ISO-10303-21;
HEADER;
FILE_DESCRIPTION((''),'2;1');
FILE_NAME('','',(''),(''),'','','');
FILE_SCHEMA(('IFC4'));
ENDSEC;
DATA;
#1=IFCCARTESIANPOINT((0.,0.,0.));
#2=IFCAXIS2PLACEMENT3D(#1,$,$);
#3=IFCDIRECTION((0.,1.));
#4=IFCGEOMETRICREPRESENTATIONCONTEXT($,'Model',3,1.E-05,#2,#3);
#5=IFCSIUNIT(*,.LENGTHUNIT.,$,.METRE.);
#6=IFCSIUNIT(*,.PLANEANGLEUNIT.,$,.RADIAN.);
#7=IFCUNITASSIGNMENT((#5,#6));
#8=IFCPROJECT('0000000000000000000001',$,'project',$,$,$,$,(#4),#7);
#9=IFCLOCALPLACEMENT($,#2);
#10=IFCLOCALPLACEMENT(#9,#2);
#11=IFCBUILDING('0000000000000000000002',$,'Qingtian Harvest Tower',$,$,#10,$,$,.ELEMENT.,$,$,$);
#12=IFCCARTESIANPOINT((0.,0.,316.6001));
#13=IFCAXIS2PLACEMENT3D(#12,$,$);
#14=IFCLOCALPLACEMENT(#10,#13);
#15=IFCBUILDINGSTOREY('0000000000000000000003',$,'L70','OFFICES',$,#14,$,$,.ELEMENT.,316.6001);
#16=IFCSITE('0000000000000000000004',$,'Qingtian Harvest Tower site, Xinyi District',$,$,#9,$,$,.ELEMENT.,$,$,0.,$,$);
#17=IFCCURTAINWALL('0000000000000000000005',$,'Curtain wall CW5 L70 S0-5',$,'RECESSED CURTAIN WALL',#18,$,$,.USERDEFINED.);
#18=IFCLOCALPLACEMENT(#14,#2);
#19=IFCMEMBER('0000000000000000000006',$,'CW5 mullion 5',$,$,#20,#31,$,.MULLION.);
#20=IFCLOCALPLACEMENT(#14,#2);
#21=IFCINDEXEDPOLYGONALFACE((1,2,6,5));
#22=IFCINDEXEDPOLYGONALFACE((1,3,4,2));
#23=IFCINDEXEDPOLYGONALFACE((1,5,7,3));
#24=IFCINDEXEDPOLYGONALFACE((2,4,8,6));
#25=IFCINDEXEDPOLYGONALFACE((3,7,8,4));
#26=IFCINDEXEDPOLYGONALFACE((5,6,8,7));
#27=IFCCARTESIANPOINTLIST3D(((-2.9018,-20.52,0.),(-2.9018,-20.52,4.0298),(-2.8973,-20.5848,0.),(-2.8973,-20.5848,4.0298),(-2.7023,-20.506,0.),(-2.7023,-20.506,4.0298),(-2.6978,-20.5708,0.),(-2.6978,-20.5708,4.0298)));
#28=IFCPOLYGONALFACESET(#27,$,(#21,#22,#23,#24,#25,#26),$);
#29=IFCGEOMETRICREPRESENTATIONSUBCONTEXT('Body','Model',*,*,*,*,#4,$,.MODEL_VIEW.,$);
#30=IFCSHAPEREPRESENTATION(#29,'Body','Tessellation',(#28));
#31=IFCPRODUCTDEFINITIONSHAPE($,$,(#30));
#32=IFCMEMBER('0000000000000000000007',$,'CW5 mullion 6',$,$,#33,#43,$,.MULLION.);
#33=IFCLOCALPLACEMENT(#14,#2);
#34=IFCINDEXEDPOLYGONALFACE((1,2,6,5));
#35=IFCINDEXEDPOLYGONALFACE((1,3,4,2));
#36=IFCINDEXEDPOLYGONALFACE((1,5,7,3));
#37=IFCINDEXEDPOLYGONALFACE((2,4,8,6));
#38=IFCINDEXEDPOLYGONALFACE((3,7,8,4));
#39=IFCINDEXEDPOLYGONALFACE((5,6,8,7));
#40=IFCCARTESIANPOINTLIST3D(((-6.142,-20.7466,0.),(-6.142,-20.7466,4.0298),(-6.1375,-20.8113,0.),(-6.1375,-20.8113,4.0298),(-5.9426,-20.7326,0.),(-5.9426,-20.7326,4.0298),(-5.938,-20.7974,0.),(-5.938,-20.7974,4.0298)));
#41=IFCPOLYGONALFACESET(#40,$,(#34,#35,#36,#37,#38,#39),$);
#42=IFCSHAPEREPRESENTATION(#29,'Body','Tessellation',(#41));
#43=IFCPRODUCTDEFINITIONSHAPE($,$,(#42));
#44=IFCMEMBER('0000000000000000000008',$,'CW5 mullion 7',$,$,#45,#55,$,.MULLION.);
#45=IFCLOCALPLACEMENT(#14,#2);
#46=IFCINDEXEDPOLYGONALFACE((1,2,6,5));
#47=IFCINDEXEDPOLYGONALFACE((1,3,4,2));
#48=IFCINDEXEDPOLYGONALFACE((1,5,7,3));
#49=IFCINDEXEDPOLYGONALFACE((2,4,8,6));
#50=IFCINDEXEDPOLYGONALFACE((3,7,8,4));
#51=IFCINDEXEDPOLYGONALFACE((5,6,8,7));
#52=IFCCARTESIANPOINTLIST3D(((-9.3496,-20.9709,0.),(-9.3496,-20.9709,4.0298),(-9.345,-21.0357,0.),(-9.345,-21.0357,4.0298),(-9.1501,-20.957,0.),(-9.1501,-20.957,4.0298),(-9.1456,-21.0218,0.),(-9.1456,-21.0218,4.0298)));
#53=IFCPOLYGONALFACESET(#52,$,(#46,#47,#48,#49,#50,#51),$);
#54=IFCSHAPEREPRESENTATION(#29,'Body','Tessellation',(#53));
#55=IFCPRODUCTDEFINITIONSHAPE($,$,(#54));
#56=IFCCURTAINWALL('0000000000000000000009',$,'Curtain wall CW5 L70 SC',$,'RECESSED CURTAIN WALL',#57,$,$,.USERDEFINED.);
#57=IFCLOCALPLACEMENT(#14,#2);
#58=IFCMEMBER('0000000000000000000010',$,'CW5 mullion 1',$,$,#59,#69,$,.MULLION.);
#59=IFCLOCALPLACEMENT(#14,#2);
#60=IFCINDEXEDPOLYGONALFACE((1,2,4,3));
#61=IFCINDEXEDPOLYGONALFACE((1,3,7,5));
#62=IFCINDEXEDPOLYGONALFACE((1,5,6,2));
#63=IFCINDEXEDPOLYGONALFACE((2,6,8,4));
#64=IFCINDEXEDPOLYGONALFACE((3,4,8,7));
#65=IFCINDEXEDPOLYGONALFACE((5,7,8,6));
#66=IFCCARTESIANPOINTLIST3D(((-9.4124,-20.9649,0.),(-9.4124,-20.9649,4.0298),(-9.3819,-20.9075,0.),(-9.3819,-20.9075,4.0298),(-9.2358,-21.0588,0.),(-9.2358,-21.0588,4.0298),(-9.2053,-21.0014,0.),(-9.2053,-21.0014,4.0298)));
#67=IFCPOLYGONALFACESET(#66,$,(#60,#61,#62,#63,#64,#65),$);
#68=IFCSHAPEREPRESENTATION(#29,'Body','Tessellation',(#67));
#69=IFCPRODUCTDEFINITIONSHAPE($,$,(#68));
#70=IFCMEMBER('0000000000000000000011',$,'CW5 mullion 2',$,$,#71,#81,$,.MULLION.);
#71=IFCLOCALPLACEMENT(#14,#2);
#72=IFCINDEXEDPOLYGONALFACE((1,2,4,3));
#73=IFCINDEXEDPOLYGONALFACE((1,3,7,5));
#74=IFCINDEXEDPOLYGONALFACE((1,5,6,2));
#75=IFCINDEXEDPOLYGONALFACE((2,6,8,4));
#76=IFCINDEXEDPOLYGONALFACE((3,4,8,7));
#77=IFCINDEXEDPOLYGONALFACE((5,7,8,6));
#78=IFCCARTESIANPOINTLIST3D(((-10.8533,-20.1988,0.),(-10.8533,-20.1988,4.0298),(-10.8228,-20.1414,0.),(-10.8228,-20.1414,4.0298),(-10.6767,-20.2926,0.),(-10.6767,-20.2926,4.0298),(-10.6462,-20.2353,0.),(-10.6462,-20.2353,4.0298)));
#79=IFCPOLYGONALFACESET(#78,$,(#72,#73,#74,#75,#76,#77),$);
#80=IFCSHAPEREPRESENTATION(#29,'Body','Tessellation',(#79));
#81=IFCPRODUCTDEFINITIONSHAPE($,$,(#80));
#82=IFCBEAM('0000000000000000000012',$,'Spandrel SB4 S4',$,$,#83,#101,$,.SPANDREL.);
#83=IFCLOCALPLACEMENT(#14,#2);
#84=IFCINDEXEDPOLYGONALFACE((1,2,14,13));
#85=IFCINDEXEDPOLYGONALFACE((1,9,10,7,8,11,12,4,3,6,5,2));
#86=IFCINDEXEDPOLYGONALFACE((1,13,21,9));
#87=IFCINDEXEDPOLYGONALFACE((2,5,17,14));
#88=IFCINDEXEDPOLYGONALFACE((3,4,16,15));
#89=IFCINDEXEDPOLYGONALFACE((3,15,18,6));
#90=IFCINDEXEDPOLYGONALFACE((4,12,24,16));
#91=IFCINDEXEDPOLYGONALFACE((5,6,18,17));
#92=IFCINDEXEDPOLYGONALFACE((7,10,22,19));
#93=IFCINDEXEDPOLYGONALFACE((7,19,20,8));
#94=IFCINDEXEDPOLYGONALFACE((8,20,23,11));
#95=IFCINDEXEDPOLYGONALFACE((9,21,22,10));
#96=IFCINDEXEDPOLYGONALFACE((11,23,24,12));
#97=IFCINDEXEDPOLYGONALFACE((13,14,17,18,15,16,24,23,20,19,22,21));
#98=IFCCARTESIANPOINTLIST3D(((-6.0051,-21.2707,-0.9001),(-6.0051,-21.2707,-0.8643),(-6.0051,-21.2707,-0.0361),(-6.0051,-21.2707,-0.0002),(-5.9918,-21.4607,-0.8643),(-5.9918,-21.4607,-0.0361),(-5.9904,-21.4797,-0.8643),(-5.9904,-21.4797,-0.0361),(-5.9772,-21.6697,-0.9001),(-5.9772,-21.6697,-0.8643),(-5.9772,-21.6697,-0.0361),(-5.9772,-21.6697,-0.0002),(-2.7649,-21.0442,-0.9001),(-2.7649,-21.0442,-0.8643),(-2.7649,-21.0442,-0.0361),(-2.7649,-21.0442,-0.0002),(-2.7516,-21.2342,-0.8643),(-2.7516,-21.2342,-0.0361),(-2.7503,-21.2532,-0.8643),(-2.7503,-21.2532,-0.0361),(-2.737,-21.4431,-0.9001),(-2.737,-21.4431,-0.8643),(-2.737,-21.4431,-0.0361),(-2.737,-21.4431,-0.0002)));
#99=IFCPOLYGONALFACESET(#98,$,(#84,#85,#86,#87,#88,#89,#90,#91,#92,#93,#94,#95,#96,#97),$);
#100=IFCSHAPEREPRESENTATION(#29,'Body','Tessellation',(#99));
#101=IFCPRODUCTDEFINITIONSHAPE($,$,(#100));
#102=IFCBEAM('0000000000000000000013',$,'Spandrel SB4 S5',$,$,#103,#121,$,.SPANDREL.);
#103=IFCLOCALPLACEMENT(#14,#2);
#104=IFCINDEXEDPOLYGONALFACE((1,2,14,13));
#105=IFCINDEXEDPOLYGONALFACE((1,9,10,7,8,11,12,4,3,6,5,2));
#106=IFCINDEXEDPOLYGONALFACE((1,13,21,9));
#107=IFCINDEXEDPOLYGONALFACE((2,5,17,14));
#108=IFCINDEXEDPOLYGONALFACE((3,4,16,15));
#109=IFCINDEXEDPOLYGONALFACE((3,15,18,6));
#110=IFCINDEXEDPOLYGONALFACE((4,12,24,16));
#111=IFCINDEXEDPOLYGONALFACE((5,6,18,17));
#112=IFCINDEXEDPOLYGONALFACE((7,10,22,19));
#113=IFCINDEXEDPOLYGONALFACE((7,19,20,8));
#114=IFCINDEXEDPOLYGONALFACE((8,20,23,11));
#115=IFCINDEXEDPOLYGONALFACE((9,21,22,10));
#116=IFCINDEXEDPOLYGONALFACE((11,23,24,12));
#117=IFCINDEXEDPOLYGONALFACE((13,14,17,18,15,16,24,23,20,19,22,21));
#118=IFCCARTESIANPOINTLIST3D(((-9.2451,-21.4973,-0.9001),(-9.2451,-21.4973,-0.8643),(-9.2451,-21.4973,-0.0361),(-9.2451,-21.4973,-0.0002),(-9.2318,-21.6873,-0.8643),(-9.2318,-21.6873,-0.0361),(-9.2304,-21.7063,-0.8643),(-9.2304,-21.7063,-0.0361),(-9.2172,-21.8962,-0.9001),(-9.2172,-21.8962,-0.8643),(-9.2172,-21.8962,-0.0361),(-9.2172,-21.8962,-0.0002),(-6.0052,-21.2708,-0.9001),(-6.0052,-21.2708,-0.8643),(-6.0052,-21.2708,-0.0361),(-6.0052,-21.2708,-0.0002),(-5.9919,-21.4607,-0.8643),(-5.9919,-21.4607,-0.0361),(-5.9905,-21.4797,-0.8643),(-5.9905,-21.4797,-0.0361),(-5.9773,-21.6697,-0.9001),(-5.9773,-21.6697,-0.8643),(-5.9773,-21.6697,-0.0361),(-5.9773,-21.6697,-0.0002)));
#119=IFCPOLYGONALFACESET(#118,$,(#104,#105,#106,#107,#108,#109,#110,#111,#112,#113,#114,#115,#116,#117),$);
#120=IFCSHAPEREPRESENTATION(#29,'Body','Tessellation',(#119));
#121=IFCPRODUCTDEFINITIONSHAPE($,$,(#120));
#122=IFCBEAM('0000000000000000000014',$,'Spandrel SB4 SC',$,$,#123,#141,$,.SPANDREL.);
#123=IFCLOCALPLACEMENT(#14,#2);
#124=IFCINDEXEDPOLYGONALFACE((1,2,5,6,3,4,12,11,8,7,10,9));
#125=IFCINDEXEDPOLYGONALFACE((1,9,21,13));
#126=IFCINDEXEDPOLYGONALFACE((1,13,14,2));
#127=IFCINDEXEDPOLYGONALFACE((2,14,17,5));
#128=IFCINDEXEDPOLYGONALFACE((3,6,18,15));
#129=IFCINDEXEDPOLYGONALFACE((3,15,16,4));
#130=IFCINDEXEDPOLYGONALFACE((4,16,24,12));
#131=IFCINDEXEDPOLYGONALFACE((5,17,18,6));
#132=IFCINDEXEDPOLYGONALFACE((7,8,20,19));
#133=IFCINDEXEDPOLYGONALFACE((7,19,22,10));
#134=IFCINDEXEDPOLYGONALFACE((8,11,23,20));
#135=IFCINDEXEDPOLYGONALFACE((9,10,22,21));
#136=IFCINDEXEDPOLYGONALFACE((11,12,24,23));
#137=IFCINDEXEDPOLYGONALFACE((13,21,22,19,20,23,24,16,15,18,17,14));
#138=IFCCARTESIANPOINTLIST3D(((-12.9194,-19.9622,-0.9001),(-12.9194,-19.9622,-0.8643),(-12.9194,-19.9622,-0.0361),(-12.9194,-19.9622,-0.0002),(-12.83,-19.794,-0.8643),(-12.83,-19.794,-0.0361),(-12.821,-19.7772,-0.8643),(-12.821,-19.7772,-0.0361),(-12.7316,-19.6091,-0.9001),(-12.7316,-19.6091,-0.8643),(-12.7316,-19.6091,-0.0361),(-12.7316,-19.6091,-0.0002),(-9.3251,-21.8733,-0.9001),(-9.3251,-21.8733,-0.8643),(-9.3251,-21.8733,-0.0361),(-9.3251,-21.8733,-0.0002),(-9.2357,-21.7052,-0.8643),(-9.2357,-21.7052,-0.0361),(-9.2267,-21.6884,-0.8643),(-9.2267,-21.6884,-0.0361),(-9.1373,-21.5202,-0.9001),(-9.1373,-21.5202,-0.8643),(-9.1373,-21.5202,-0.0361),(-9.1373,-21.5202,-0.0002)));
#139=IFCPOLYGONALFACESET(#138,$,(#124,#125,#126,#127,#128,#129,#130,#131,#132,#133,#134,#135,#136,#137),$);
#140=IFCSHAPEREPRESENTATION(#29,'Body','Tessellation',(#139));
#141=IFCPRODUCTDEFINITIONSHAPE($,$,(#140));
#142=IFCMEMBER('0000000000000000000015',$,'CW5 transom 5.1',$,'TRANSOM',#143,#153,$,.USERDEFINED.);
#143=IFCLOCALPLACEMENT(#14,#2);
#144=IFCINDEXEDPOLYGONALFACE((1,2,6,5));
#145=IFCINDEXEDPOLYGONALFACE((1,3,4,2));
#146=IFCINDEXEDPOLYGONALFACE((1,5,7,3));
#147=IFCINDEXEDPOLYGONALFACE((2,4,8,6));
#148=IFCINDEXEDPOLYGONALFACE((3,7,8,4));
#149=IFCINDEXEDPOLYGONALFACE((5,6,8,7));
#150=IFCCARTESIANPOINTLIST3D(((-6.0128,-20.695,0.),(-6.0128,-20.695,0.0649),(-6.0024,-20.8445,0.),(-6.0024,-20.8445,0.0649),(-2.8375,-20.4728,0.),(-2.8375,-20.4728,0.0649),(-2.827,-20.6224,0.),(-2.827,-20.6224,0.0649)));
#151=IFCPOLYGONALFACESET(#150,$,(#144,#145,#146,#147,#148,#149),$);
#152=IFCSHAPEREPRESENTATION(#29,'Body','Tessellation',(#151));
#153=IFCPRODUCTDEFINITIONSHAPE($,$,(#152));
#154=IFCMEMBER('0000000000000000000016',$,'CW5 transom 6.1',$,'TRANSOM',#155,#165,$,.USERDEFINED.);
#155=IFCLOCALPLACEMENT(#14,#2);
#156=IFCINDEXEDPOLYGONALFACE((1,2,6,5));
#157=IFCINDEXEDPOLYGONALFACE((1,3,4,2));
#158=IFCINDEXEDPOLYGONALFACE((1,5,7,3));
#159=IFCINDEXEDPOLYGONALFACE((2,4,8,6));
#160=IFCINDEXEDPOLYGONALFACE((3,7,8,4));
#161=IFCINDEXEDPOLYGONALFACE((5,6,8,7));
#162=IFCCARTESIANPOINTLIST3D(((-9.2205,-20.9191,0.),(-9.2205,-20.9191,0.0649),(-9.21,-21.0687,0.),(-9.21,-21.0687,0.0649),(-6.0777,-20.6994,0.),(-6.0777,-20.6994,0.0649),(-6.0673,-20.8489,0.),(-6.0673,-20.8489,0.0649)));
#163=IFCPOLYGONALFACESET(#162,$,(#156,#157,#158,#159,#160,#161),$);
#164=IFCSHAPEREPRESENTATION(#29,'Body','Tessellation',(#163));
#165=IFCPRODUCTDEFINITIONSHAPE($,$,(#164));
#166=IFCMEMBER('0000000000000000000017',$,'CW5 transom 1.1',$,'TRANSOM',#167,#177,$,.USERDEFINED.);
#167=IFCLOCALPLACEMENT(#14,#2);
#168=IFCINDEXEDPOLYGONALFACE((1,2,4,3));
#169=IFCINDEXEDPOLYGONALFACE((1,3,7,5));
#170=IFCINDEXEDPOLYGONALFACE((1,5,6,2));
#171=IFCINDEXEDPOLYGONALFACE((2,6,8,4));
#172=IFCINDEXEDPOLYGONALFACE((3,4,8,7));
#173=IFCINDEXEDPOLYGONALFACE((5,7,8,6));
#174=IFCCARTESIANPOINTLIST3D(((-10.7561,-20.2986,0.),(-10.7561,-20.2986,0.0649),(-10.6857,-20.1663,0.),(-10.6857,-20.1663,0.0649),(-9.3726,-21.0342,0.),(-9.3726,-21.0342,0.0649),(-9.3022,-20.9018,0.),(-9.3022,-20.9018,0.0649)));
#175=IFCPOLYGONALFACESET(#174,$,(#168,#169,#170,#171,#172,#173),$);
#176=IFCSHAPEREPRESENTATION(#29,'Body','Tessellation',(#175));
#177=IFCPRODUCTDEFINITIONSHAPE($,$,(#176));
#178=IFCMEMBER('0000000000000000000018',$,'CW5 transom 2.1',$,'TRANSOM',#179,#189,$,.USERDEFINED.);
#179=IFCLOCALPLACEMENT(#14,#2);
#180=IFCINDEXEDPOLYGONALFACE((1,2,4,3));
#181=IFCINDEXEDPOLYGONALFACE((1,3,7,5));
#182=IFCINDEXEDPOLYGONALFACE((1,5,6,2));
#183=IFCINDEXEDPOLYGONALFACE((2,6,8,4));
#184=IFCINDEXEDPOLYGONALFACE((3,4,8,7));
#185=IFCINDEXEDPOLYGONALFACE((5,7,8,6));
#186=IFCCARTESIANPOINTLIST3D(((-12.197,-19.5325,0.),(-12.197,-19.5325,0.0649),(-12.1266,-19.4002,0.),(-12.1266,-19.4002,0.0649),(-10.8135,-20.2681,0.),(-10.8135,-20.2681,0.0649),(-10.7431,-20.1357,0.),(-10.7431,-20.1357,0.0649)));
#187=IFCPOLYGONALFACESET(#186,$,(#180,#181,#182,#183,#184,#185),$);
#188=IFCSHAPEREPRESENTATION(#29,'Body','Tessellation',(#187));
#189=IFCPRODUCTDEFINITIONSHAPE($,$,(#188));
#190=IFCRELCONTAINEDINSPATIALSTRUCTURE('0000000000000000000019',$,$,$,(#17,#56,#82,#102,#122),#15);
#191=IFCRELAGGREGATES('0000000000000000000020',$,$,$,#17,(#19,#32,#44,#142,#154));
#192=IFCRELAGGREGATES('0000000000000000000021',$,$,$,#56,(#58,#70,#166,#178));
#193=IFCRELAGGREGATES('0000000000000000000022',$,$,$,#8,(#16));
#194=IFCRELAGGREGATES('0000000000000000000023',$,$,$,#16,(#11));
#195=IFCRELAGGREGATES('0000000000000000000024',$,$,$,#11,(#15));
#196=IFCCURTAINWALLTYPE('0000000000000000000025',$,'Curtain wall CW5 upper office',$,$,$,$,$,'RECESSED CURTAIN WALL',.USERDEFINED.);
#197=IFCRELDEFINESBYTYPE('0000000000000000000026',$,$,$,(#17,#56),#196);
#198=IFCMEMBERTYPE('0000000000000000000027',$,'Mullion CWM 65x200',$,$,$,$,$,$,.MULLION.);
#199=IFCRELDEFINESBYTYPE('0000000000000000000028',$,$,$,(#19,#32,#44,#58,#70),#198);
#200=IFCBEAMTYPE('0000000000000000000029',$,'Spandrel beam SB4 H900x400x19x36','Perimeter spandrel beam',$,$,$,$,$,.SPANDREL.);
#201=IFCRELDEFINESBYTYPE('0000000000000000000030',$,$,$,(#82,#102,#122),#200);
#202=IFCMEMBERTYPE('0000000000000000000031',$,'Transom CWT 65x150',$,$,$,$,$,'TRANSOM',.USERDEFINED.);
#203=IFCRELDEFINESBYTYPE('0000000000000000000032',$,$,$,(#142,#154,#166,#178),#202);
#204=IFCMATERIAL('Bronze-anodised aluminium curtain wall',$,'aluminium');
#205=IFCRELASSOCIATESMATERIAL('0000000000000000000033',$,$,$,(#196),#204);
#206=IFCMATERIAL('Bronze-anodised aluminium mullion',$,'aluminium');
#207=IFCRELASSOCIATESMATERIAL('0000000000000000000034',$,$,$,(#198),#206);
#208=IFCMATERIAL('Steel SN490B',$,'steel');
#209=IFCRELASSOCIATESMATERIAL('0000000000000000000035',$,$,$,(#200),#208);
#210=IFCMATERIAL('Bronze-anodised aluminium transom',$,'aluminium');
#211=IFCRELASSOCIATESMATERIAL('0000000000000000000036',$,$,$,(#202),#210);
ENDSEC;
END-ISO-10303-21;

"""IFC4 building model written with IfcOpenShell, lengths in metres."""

from ifc_helpers import new_model, si_unit, direction, frame, origin, origin_2d, place, context, subcontext, project, spatial, rectangle, i_section, extrude, material, material_profile, profile_set, type_object, element, aggregate, save


model = new_model("IFC4")

# Units and contexts
model_context = context("Model", 3, precision=1e-05, world=origin(), true_north=direction((0.0, 1.0)))
body_context = subcontext(model_context, "Body", "Model", "MODEL_VIEW")
ifc_project = project(units=[si_unit("LENGTHUNIT", "METRE"), si_unit("PLANEANGLEUNIT", "RADIAN")], contexts=[model_context])

# Site, building, storey
site_placement = place(None, origin())
site = spatial("IfcSite", under=ifc_project, at=site_placement, Name="Qingtian Harvest Tower site, Xinyi District", CompositionType="ELEMENT", RefElevation=0.0)
building_placement = place(site_placement, origin())
building = spatial("IfcBuilding", under=site, at=building_placement, Name="Qingtian Harvest Tower", CompositionType="ELEMENT")
storey_placement = place(building_placement, frame((0.0, 0.0, 316.6001)))
storey = spatial("IfcBuildingStorey", under=building, at=storey_placement, Name="L70", Description="OFFICES", CompositionType="ELEMENT", Elevation=316.6001)

# Curtain walls, members
ifc_material_1 = material(Name="Bronze-anodised aluminium curtain wall", Category="aluminium")
curtain_wall_type = type_object("IfcCurtainWallType", Name="Curtain wall CW5 upper office", ElementType="RECESSED CURTAIN WALL", PredefinedType="USERDEFINED", material=ifc_material_1)
curtain_wall_1_placement = place(storey_placement, origin())
curtain_wall_1 = element("IfcCurtainWall", 1, at=curtain_wall_1_placement, inside=storey, type_object=curtain_wall_type, Name="Curtain wall CW5 L70 S0-5", ObjectType="RECESSED CURTAIN WALL", PredefinedType="USERDEFINED")
ifc_material_2 = material(Name="Bronze-anodised aluminium mullion", Category="aluminium")
ifc_material_profile_1 = material_profile(ifc_material_2, rectangle(XDim=0.0649, YDim=0.2, at=origin_2d()), Name="AL 65x200")
ifc_profile_set_1 = profile_set([ifc_material_profile_1], Name="Bronze-anodised aluminium mullion")
member_type_1 = type_object("IfcMemberType", Name="Mullion CWM 65x200", PredefinedType="MULLION", material=ifc_profile_set_1)
member_1_placement = place(storey_placement, frame((-2.7998, -20.5454, 0.0), z_axis=(0.0, 0.0, 1.0), x_axis=(0.069756, -0.997564, 0.0)))
member_1 = element("IfcMember", 2, at=member_1_placement, type_object=member_type_1, Name="CW5 mullion 5", PredefinedType="MULLION", context=body_context, shape_type="SweptSolid", body=[
    extrude(rectangle(XDim=0.0649, YDim=0.2, at=origin_2d()), origin(), (0.0, 0.0, 1.0), 4.0298),
])
member_2_placement = place(storey_placement, frame((-6.04, -20.772, 0.0), z_axis=(0.0, 0.0, 1.0), x_axis=(0.069756, -0.997564, 0.0)))
member_2 = element("IfcMember", 3, at=member_2_placement, type_object=member_type_1, Name="CW5 mullion 6", PredefinedType="MULLION", context=body_context, shape_type="SweptSolid", body=[
    extrude(rectangle(XDim=0.0649, YDim=0.2, at=origin_2d()), origin(), (0.0, 0.0, 1.0), 4.0298),
])
member_3_placement = place(storey_placement, frame((-9.2476, -20.9963, 0.0), z_axis=(0.0, 0.0, 1.0), x_axis=(0.069756, -0.997564, 0.0)))
member_3 = element("IfcMember", 4, at=member_3_placement, type_object=member_type_1, Name="CW5 mullion 7", PredefinedType="MULLION", context=body_context, shape_type="SweptSolid", body=[
    extrude(rectangle(XDim=0.0649, YDim=0.2, at=origin_2d()), origin(), (0.0, 0.0, 1.0), 4.0298),
])
curtain_wall_2_placement = place(storey_placement, origin())
curtain_wall_2 = element("IfcCurtainWall", 5, at=curtain_wall_2_placement, inside=storey, type_object=curtain_wall_type, Name="Curtain wall CW5 L70 SC", ObjectType="RECESSED CURTAIN WALL", PredefinedType="USERDEFINED")
member_4_placement = place(storey_placement, frame((-9.3088, -20.9832, 0.0), z_axis=(0.0, 0.0, 1.0), x_axis=(-0.469472, -0.882948, 0.0)))
member_4 = element("IfcMember", 6, at=member_4_placement, type_object=member_type_1, Name="CW5 mullion 1", PredefinedType="MULLION", context=body_context, shape_type="SweptSolid", body=[
    extrude(rectangle(XDim=0.0649, YDim=0.2, at=origin_2d()), origin(), (0.0, 0.0, 1.0), 4.0298),
])
member_5_placement = place(storey_placement, frame((-10.7498, -20.217, 0.0), z_axis=(0.0, 0.0, 1.0), x_axis=(-0.469472, -0.882948, 0.0)))
member_5 = element("IfcMember", 7, at=member_5_placement, type_object=member_type_1, Name="CW5 mullion 2", PredefinedType="MULLION", context=body_context, shape_type="SweptSolid", body=[
    extrude(rectangle(XDim=0.0649, YDim=0.2, at=origin_2d()), origin(), (0.0, 0.0, 1.0), 4.0298),
])

# Beams
ifc_material_3 = material(Name="Steel SN490B", Category="steel")
ifc_material_profile_2 = material_profile(ifc_material_3, i_section(OverallWidth=0.3999, OverallDepth=0.8999, WebThickness=0.019, FlangeThickness=0.0359, at=origin_2d()), Name="H900x400x19x36")
ifc_profile_set_2 = profile_set([ifc_material_profile_2], Name="Steel SN490B")
beam_type_1 = type_object("IfcBeamType", Name="Spandrel beam SB4 H900x400x19x36", Description="Perimeter spandrel beam", PredefinedType="SPANDREL", material=ifc_profile_set_2)
beam_1_placement = place(storey_placement, frame((-2.751, -21.2437, -0.4502), z_axis=(-0.997564, -0.069751, 0.0), x_axis=(0.069751, -0.997564, 0.0)))
element("IfcBeam", 8, at=beam_1_placement, inside=storey, type_object=beam_type_1, Name="Spandrel SB4 S4", PredefinedType="SPANDREL", context=body_context, shape_type="SweptSolid", body=[
    extrude(i_section(OverallWidth=0.3999, OverallDepth=0.8999, WebThickness=0.019, FlangeThickness=0.0359, at=origin_2d()), origin(), (0.0, 0.0, 1.0), 3.248),
])
beam_2_placement = place(storey_placement, frame((-5.9912, -21.4702, -0.4502), z_axis=(-0.997564, -0.069757, 0.0), x_axis=(0.069757, -0.997564, 0.0)))
element("IfcBeam", 9, at=beam_2_placement, inside=storey, type_object=beam_type_1, Name="Spandrel SB4 S5", PredefinedType="SPANDREL", context=body_context, shape_type="SweptSolid", body=[
    extrude(i_section(OverallWidth=0.3999, OverallDepth=0.8999, WebThickness=0.019, FlangeThickness=0.0359, at=origin_2d()), origin(), (0.0, 0.0, 1.0), 3.2478),
])
beam_3_placement = place(storey_placement, frame((-9.2312, -21.6968, -0.4502), z_axis=(-0.882943, 0.46948, 0.0), x_axis=(-0.46948, -0.882943, 0.0)))
element("IfcBeam", 10, at=beam_3_placement, inside=storey, type_object=beam_type_1, Name="Spandrel SB4 SC", PredefinedType="SPANDREL", context=body_context, shape_type="SweptSolid", body=[
    extrude(i_section(OverallWidth=0.3999, OverallDepth=0.8999, WebThickness=0.019, FlangeThickness=0.0359, at=origin_2d()), origin(), (0.0, 0.0, 1.0), 4.0708),
])

# Members
ifc_material_4 = material(Name="Bronze-anodised aluminium transom", Category="aluminium")
ifc_material_profile_3 = material_profile(ifc_material_4, rectangle(XDim=0.1499, YDim=0.0649, at=origin_2d()), Name="AL 65x150")
ifc_profile_set_3 = profile_set([ifc_material_profile_3], Name="Bronze-anodised aluminium transom")
member_type_2 = type_object("IfcMemberType", Name="Transom CWT 65x150", ElementType="TRANSOM", PredefinedType="USERDEFINED", material=ifc_profile_set_3)
member_6_placement = place(storey_placement, frame((-2.8323, -20.5476, 0.0325), z_axis=(-0.997561, -0.069797, 0.0), x_axis=(0.069797, -0.997561, 0.0)))
member_6 = element("IfcMember", 11, at=member_6_placement, type_object=member_type_2, Name="CW5 transom 5.1", ObjectType="TRANSOM", PredefinedType="USERDEFINED", context=body_context, shape_type="SweptSolid", body=[
    extrude(rectangle(XDim=0.1499, YDim=0.0649, at=origin_2d()), origin(), (0.0, 0.0, 1.0), 3.1831),
])
member_7_placement = place(storey_placement, frame((-6.0725, -20.7742, 0.0325), z_axis=(-0.997565, -0.069744, 0.0), x_axis=(0.069744, -0.997565, 0.0)))
member_7 = element("IfcMember", 12, at=member_7_placement, type_object=member_type_2, Name="CW5 transom 6.1", ObjectType="TRANSOM", PredefinedType="USERDEFINED", context=body_context, shape_type="SweptSolid", body=[
    extrude(rectangle(XDim=0.1499, YDim=0.0649, at=origin_2d()), origin(), (0.0, 0.0, 1.0), 3.1504),
])
member_8_placement = place(storey_placement, frame((-9.3374, -20.968, 0.0325), z_axis=(-0.88296, 0.469448, 0.0), x_axis=(-0.469448, -0.88296, 0.0)))
member_8 = element("IfcMember", 13, at=member_8_placement, type_object=member_type_2, Name="CW5 transom 1.1", ObjectType="TRANSOM", PredefinedType="USERDEFINED", context=body_context, shape_type="SweptSolid", body=[
    extrude(rectangle(XDim=0.1499, YDim=0.0649, at=origin_2d()), origin(), (0.0, 0.0, 1.0), 1.5669),
])
member_9_placement = place(storey_placement, frame((-10.7783, -20.2019, 0.0325), z_axis=(-0.88296, 0.469448, 0.0), x_axis=(-0.469448, -0.88296, 0.0)))
member_9 = element("IfcMember", 14, at=member_9_placement, type_object=member_type_2, Name="CW5 transom 2.1", ObjectType="TRANSOM", PredefinedType="USERDEFINED", context=body_context, shape_type="SweptSolid", body=[
    extrude(rectangle(XDim=0.1499, YDim=0.0649, at=origin_2d()), origin(), (0.0, 0.0, 1.0), 1.5669),
])

aggregate(curtain_wall_1, [member_1, member_2, member_3, member_6, member_7])
aggregate(curtain_wall_2, [member_4, member_5, member_8, member_9])

save(model, "model.ifc")
